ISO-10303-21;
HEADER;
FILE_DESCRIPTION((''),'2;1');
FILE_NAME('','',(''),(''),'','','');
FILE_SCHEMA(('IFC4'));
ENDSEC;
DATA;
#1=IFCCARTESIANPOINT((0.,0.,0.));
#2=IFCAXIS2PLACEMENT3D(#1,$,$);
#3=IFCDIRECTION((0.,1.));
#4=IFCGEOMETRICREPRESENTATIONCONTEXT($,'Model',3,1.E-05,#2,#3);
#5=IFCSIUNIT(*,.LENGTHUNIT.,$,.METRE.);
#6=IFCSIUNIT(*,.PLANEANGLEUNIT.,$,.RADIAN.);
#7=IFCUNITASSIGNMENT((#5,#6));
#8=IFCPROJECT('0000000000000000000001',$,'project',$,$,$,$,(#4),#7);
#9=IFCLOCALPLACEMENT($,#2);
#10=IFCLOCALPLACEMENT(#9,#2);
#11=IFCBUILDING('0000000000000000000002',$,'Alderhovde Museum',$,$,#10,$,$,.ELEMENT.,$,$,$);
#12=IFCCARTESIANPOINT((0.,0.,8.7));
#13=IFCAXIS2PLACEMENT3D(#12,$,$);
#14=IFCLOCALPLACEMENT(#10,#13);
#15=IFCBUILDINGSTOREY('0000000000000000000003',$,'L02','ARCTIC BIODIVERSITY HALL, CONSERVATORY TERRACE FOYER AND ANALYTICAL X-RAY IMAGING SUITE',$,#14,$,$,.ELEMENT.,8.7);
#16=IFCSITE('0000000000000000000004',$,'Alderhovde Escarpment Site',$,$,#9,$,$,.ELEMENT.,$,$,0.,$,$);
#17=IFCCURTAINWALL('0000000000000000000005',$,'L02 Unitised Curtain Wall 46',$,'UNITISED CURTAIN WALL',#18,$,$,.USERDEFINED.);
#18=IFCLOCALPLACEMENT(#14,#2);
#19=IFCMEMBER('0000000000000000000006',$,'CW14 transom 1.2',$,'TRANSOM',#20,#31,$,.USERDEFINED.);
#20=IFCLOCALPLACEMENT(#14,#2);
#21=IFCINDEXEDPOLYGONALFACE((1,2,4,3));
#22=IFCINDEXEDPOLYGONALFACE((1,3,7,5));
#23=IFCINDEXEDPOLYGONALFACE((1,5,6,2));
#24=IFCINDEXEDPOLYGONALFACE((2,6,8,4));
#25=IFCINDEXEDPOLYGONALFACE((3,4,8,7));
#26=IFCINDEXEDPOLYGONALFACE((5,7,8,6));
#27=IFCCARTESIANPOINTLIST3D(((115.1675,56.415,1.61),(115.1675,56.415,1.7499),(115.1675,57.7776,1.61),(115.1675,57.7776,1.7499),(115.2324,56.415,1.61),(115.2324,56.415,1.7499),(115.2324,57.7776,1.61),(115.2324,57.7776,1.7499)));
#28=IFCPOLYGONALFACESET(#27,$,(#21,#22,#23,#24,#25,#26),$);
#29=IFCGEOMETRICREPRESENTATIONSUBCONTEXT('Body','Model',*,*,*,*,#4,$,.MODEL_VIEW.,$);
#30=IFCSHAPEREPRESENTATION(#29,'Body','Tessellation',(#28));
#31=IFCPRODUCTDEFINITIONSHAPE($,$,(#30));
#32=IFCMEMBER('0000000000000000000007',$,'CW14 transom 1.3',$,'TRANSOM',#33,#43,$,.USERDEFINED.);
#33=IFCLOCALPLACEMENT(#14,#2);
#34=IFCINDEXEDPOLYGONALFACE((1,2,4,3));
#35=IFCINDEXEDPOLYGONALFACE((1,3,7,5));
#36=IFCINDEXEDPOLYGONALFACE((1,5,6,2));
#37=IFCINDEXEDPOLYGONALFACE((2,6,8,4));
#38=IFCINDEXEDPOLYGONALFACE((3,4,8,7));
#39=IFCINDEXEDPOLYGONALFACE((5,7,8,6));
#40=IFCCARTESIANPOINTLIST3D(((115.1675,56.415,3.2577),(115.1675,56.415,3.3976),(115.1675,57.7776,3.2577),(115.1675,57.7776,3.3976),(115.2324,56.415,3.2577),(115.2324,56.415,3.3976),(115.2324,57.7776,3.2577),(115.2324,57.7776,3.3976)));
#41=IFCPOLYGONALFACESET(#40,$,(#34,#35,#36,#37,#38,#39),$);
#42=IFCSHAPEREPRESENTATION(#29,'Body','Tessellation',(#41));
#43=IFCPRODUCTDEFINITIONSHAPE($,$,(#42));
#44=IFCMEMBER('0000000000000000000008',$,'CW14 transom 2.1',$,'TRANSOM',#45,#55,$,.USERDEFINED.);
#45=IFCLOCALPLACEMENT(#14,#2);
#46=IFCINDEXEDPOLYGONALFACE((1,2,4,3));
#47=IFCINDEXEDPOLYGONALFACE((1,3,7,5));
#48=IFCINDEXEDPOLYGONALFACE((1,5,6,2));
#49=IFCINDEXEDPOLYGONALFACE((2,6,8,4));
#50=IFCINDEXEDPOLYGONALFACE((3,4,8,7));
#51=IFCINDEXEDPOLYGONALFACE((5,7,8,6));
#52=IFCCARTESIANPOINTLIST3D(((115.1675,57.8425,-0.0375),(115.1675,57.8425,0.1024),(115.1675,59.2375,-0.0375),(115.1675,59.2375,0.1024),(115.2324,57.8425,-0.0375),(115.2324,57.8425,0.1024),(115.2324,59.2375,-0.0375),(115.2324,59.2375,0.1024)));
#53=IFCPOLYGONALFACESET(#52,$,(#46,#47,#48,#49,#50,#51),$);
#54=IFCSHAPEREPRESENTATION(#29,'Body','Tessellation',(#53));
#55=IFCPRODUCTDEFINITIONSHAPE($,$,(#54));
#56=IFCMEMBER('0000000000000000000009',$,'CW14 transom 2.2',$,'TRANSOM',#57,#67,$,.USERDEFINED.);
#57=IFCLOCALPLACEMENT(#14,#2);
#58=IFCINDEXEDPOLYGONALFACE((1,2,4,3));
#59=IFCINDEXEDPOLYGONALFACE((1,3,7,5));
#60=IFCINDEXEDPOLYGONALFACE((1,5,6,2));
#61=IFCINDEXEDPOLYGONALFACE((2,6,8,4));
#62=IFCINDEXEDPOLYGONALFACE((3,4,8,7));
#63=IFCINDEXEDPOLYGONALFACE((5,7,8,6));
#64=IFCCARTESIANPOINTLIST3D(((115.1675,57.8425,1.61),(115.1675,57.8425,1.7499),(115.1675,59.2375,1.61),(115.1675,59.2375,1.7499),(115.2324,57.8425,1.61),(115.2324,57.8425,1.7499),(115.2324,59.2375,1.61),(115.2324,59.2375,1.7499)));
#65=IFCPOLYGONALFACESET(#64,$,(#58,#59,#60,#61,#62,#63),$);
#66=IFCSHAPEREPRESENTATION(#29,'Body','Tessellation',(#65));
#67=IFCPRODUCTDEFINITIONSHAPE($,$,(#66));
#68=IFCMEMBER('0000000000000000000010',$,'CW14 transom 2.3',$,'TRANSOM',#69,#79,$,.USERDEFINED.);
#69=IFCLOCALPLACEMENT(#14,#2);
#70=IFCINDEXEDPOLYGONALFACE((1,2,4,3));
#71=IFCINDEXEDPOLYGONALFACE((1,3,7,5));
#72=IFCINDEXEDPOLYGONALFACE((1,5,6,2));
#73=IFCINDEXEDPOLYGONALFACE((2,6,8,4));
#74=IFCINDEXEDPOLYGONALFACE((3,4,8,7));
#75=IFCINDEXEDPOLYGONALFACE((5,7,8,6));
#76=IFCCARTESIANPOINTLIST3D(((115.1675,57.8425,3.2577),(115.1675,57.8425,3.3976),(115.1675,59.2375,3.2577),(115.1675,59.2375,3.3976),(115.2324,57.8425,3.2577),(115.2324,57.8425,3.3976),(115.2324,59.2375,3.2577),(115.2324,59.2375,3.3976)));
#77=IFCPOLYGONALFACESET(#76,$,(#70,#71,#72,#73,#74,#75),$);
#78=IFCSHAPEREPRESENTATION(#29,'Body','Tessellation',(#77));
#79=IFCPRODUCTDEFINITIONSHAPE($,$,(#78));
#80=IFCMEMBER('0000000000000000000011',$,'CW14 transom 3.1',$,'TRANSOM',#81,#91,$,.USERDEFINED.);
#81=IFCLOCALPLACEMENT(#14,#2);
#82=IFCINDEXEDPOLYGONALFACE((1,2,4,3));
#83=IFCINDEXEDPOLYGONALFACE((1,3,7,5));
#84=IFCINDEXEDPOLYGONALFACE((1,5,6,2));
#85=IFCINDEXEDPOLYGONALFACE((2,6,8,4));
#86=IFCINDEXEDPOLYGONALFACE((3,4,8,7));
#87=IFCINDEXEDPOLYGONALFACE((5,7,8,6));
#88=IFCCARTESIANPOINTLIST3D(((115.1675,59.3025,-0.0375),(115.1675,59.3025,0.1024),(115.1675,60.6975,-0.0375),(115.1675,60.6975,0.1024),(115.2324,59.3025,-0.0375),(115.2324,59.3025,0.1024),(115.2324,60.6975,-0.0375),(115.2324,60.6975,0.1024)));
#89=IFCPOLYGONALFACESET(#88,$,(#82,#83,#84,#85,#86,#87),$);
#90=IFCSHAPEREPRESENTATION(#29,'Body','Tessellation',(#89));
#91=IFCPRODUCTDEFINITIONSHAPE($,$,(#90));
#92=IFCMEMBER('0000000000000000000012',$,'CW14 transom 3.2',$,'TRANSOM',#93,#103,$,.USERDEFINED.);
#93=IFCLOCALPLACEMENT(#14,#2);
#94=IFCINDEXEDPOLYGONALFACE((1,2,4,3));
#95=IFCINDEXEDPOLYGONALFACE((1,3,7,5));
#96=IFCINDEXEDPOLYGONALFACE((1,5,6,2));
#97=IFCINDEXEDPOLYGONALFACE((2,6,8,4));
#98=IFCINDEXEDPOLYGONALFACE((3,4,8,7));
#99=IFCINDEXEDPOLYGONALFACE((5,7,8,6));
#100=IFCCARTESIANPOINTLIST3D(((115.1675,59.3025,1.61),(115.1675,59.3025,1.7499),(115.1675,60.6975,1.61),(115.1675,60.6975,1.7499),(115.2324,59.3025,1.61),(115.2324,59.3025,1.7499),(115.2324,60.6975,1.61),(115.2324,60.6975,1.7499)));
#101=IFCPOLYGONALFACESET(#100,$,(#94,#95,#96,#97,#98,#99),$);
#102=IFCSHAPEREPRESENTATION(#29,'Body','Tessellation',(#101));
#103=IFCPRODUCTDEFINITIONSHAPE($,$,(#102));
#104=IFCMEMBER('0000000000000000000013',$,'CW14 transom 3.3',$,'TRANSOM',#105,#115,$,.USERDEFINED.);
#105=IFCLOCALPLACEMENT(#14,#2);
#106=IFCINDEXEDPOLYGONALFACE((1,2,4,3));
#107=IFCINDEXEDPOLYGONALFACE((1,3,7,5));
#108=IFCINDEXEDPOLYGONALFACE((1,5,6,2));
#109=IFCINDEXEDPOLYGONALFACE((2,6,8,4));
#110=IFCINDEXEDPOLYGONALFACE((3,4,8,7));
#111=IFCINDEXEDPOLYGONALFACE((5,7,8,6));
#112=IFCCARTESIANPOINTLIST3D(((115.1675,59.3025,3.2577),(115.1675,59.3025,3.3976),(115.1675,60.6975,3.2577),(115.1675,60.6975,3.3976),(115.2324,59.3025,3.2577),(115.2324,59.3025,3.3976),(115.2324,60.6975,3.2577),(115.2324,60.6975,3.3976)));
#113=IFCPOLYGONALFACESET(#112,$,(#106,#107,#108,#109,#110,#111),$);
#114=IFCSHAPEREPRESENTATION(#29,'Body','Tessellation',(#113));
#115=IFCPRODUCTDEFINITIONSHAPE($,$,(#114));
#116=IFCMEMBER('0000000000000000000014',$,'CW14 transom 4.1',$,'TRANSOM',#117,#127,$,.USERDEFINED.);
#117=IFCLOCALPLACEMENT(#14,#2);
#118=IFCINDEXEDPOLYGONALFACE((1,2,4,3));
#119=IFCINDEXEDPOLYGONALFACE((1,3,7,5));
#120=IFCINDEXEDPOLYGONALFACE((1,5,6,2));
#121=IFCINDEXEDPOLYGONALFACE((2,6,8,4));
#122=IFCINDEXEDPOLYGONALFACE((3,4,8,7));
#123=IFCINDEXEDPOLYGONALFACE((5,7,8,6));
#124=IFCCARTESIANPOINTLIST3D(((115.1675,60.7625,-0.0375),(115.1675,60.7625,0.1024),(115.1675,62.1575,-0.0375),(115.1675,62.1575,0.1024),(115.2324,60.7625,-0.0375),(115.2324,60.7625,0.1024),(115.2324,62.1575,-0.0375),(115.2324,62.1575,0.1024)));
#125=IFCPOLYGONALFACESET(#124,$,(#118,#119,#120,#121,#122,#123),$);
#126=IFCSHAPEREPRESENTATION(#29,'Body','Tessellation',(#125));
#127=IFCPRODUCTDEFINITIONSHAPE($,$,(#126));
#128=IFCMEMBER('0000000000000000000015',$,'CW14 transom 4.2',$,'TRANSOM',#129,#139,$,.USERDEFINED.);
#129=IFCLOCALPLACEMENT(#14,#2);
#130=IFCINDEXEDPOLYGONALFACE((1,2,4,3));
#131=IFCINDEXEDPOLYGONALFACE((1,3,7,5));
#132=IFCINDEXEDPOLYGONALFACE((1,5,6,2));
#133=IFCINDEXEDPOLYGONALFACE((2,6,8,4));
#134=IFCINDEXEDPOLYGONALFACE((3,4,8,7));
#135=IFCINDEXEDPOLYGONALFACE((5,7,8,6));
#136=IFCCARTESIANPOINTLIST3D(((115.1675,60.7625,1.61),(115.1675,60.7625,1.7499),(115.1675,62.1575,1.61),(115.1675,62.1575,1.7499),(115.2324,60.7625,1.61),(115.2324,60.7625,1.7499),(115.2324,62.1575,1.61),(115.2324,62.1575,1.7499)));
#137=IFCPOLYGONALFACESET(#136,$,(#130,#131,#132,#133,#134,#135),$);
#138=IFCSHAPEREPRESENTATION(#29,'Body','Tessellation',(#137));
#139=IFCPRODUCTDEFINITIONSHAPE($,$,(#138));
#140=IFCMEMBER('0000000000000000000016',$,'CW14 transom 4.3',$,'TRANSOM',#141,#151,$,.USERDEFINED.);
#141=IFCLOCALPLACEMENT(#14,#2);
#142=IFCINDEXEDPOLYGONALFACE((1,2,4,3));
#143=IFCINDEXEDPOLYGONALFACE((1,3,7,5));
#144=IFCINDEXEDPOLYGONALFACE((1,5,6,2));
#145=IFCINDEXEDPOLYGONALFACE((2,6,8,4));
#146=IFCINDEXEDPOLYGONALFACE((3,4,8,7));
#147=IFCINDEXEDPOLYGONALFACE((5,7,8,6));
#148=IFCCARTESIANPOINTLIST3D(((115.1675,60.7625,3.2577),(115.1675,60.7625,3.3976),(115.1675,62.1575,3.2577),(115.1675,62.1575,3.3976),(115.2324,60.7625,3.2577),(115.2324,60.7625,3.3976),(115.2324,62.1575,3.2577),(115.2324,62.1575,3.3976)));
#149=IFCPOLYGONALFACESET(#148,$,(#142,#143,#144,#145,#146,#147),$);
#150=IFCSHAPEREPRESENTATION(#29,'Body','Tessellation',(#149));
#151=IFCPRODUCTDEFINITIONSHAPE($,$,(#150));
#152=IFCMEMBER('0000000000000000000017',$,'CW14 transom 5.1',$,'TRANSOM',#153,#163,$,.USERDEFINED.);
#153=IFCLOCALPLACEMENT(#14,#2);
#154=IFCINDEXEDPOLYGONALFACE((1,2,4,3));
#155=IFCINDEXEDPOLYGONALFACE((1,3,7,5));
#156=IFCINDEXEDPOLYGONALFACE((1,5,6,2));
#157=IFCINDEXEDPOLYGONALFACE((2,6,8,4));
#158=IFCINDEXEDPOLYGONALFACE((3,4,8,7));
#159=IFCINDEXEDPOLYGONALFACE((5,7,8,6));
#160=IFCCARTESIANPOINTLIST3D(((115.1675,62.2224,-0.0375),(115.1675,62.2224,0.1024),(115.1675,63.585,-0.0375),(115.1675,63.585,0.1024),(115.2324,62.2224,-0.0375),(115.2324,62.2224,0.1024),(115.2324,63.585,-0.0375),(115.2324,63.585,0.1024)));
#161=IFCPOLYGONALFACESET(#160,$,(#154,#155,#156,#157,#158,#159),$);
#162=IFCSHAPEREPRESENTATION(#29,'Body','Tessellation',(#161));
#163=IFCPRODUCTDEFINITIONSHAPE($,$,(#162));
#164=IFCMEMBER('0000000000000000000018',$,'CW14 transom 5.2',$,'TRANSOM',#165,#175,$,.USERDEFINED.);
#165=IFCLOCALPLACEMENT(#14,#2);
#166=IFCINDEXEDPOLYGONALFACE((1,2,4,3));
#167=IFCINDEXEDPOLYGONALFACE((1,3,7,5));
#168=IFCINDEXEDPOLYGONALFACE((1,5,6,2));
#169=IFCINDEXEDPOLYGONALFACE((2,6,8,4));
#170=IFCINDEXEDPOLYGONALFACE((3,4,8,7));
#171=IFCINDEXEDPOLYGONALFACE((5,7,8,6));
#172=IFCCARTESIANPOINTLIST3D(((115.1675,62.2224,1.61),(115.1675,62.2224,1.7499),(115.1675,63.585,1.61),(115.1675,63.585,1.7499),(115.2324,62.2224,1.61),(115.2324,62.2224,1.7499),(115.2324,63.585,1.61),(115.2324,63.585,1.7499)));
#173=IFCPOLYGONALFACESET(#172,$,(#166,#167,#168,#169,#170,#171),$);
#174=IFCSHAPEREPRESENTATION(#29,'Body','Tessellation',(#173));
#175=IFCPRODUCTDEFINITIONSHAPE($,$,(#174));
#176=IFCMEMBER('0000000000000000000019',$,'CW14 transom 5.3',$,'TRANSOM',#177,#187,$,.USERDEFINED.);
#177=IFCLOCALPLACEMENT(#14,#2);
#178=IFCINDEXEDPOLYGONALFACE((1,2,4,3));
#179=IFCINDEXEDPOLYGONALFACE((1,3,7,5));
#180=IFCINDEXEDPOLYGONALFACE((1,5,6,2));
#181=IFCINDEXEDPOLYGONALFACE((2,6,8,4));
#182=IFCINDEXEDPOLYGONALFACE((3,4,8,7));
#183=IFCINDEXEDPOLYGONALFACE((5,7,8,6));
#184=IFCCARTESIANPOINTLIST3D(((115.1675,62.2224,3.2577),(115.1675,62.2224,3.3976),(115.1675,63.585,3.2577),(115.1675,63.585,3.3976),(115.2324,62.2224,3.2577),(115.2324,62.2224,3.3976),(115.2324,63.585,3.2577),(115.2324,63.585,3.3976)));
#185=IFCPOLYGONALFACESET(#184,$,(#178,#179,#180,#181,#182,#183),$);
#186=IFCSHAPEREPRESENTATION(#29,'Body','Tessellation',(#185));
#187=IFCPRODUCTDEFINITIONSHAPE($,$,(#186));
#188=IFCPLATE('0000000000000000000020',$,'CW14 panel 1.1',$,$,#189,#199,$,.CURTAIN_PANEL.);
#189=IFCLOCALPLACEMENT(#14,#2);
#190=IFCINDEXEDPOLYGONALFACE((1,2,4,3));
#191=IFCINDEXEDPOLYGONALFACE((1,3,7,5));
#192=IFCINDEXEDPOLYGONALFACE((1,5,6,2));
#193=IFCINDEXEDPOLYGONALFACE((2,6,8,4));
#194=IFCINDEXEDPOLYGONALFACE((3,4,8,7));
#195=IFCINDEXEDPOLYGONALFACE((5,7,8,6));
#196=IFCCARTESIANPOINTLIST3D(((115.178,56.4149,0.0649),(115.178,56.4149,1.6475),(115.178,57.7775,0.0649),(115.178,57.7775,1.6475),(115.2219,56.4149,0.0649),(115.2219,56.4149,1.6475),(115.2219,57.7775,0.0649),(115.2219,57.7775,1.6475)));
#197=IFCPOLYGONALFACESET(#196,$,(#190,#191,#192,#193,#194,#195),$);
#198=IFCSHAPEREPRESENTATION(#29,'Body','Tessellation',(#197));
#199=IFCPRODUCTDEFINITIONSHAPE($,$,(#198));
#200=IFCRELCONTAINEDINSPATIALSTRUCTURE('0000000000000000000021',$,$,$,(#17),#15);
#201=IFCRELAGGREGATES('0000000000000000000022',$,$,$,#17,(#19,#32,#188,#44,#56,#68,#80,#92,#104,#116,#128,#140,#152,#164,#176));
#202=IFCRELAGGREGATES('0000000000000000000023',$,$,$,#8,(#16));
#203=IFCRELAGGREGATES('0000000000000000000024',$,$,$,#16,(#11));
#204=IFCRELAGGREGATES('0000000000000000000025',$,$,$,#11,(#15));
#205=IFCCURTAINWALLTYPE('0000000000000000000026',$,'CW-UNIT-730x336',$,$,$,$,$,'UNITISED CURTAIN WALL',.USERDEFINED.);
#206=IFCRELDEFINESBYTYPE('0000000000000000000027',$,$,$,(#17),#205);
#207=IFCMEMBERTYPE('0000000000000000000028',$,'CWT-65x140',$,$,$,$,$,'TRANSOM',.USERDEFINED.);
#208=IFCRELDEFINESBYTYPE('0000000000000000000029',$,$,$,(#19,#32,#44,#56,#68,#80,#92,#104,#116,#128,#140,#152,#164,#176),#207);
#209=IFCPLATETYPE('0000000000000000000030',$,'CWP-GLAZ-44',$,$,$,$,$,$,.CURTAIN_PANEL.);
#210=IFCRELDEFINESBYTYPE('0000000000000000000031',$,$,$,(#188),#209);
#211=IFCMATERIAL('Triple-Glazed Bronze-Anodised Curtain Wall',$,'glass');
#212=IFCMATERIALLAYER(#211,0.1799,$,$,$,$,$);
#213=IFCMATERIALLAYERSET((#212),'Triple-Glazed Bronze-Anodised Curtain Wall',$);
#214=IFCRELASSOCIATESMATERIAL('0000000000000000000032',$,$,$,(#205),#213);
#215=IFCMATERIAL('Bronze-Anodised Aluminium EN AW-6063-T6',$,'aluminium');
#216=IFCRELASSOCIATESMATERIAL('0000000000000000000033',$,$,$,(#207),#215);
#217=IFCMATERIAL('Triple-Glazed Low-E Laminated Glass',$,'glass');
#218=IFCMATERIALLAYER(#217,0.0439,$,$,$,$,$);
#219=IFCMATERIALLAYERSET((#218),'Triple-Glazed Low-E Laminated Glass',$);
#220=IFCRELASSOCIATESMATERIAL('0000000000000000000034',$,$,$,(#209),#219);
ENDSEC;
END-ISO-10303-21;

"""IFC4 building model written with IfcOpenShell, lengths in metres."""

from ifc_helpers import new_model, si_unit, direction, frame, origin, origin_2d, place, context, subcontext, project, spatial, rectangle, extrude, material, layer, layer_set, material_profile, profile_set, type_object, element, aggregate, save


model = new_model("IFC4")

# Units and contexts
model_context = context("Model", 3, precision=1e-05, world=origin(), true_north=direction((0.0, 1.0)))
body_context = subcontext(model_context, "Body", "Model", "MODEL_VIEW")
ifc_project = project(units=[si_unit("LENGTHUNIT", "METRE"), si_unit("PLANEANGLEUNIT", "RADIAN")], contexts=[model_context])

# Site, building, storey
site_placement = place(None, origin())
site = spatial("IfcSite", under=ifc_project, at=site_placement, Name="Alderhovde Escarpment Site", CompositionType="ELEMENT", RefElevation=0.0)
building_placement = place(site_placement, origin())
building = spatial("IfcBuilding", under=site, at=building_placement, Name="Alderhovde Museum", CompositionType="ELEMENT")
storey_placement = place(building_placement, frame((0.0, 0.0, 8.7)))
storey = spatial("IfcBuildingStorey", under=building, at=storey_placement, Name="L02", Description="ARCTIC BIODIVERSITY HALL, CONSERVATORY TERRACE FOYER AND ANALYTICAL X-RAY IMAGING SUITE", CompositionType="ELEMENT", Elevation=8.7)

# Shared definitions
ifc_material_1 = material(Name="Triple-Glazed Bronze-Anodised Curtain Wall", Category="glass")
ifc_layer_1 = layer(ifc_material_1, 0.1799)
ifc_layer_set_1 = layer_set([ifc_layer_1], Name="Triple-Glazed Bronze-Anodised Curtain Wall")
curtain_wall_type = type_object("IfcCurtainWallType", Name="CW-UNIT-730x336", ElementType="UNITISED CURTAIN WALL", PredefinedType="USERDEFINED", material=ifc_layer_set_1)

# Curtain wall, members, plate
curtain_wall_1_placement = place(storey_placement, origin())
curtain_wall_1 = element("IfcCurtainWall", 1, at=curtain_wall_1_placement, inside=storey, type_object=curtain_wall_type, Name="L02 Unitised Curtain Wall 46", ObjectType="UNITISED CURTAIN WALL", PredefinedType="USERDEFINED")
ifc_material_2 = material(Name="Bronze-Anodised Aluminium EN AW-6063-T6", Category="aluminium")
ifc_material_profile_1 = material_profile(ifc_material_2, rectangle(XDim=0.0649, YDim=0.1399, at=origin_2d()), Name="TRANSOM 65x140")
ifc_profile_set_1 = profile_set([ifc_material_profile_1], Name="Bronze-Anodised Aluminium EN AW-6063-T6")
member_type_1 = type_object("IfcMemberType", Name="CWT-65x140", ElementType="TRANSOM", PredefinedType="USERDEFINED", material=ifc_profile_set_1)
member_1_placement = place(storey_placement, frame((115.2, 56.415, 1.6799), z_axis=(0.0, 1.0, 0.0), x_axis=(-1.0, 0.0, 0.0)))
member_1 = element("IfcMember", 2, at=member_1_placement, type_object=member_type_1, Name="CW14 transom 1.2", ObjectType="TRANSOM", PredefinedType="USERDEFINED", context=body_context, shape_type="SweptSolid", body=[
    extrude(rectangle(XDim=0.0649, YDim=0.1399, at=origin_2d()), origin(), (0.0, 0.0, 1.0), 1.3625),
])
member_2_placement = place(storey_placement, frame((115.2, 56.415, 3.3276), z_axis=(0.0, 1.0, 0.0), x_axis=(-1.0, 0.0, 0.0)))
member_2 = element("IfcMember", 3, at=member_2_placement, type_object=member_type_1, Name="CW14 transom 1.3", ObjectType="TRANSOM", PredefinedType="USERDEFINED", context=body_context, shape_type="SweptSolid", body=[
    extrude(rectangle(XDim=0.0649, YDim=0.1399, at=origin_2d()), origin(), (0.0, 0.0, 1.0), 1.3625),
])
member_3_placement = place(storey_placement, frame((115.2, 57.8425, 0.0325), z_axis=(0.0, 1.0, 0.0), x_axis=(-1.0, 0.0, 0.0)))
member_3 = element("IfcMember", 4, at=member_3_placement, type_object=member_type_1, Name="CW14 transom 2.1", ObjectType="TRANSOM", PredefinedType="USERDEFINED", context=body_context, shape_type="SweptSolid", body=[
    extrude(rectangle(XDim=0.0649, YDim=0.1399, at=origin_2d()), origin(), (0.0, 0.0, 1.0), 1.395),
])
member_4_placement = place(storey_placement, frame((115.2, 57.8425, 1.6799), z_axis=(0.0, 1.0, 0.0), x_axis=(-1.0, 0.0, 0.0)))
member_4 = element("IfcMember", 5, at=member_4_placement, type_object=member_type_1, Name="CW14 transom 2.2", ObjectType="TRANSOM", PredefinedType="USERDEFINED", context=body_context, shape_type="SweptSolid", body=[
    extrude(rectangle(XDim=0.0649, YDim=0.1399, at=origin_2d()), origin(), (0.0, 0.0, 1.0), 1.395),
])
member_5_placement = place(storey_placement, frame((115.2, 57.8425, 3.3276), z_axis=(0.0, 1.0, 0.0), x_axis=(-1.0, 0.0, 0.0)))
member_5 = element("IfcMember", 6, at=member_5_placement, type_object=member_type_1, Name="CW14 transom 2.3", ObjectType="TRANSOM", PredefinedType="USERDEFINED", context=body_context, shape_type="SweptSolid", body=[
    extrude(rectangle(XDim=0.0649, YDim=0.1399, at=origin_2d()), origin(), (0.0, 0.0, 1.0), 1.395),
])
member_6_placement = place(storey_placement, frame((115.2, 59.3025, 0.0325), z_axis=(0.0, 1.0, 0.0), x_axis=(-1.0, 0.0, 0.0)))
member_6 = element("IfcMember", 7, at=member_6_placement, type_object=member_type_1, Name="CW14 transom 3.1", ObjectType="TRANSOM", PredefinedType="USERDEFINED", context=body_context, shape_type="SweptSolid", body=[
    extrude(rectangle(XDim=0.0649, YDim=0.1399, at=origin_2d()), origin(), (0.0, 0.0, 1.0), 1.395),
])
member_7_placement = place(storey_placement, frame((115.2, 59.3025, 1.6799), z_axis=(0.0, 1.0, 0.0), x_axis=(-1.0, 0.0, 0.0)))
member_7 = element("IfcMember", 8, at=member_7_placement, type_object=member_type_1, Name="CW14 transom 3.2", ObjectType="TRANSOM", PredefinedType="USERDEFINED", context=body_context, shape_type="SweptSolid", body=[
    extrude(rectangle(XDim=0.0649, YDim=0.1399, at=origin_2d()), origin(), (0.0, 0.0, 1.0), 1.395),
])
member_8_placement = place(storey_placement, frame((115.2, 59.3025, 3.3276), z_axis=(0.0, 1.0, 0.0), x_axis=(-1.0, 0.0, 0.0)))
member_8 = element("IfcMember", 9, at=member_8_placement, type_object=member_type_1, Name="CW14 transom 3.3", ObjectType="TRANSOM", PredefinedType="USERDEFINED", context=body_context, shape_type="SweptSolid", body=[
    extrude(rectangle(XDim=0.0649, YDim=0.1399, at=origin_2d()), origin(), (0.0, 0.0, 1.0), 1.395),
])
member_9_placement = place(storey_placement, frame((115.2, 60.7625, 0.0325), z_axis=(0.0, 1.0, 0.0), x_axis=(-1.0, 0.0, 0.0)))
member_9 = element("IfcMember", 10, at=member_9_placement, type_object=member_type_1, Name="CW14 transom 4.1", ObjectType="TRANSOM", PredefinedType="USERDEFINED", context=body_context, shape_type="SweptSolid", body=[
    extrude(rectangle(XDim=0.0649, YDim=0.1399, at=origin_2d()), origin(), (0.0, 0.0, 1.0), 1.395),
])
member_10_placement = place(storey_placement, frame((115.2, 60.7625, 1.6799), z_axis=(0.0, 1.0, 0.0), x_axis=(-1.0, 0.0, 0.0)))
member_10 = element("IfcMember", 11, at=member_10_placement, type_object=member_type_1, Name="CW14 transom 4.2", ObjectType="TRANSOM", PredefinedType="USERDEFINED", context=body_context, shape_type="SweptSolid", body=[
    extrude(rectangle(XDim=0.0649, YDim=0.1399, at=origin_2d()), origin(), (0.0, 0.0, 1.0), 1.395),
])
member_11_placement = place(storey_placement, frame((115.2, 60.7625, 3.3276), z_axis=(0.0, 1.0, 0.0), x_axis=(-1.0, 0.0, 0.0)))
member_11 = element("IfcMember", 12, at=member_11_placement, type_object=member_type_1, Name="CW14 transom 4.3", ObjectType="TRANSOM", PredefinedType="USERDEFINED", context=body_context, shape_type="SweptSolid", body=[
    extrude(rectangle(XDim=0.0649, YDim=0.1399, at=origin_2d()), origin(), (0.0, 0.0, 1.0), 1.395),
])
member_12_placement = place(storey_placement, frame((115.2, 62.2224, 0.0325), z_axis=(0.0, 1.0, 0.0), x_axis=(-1.0, 0.0, 0.0)))
member_12 = element("IfcMember", 13, at=member_12_placement, type_object=member_type_1, Name="CW14 transom 5.1", ObjectType="TRANSOM", PredefinedType="USERDEFINED", context=body_context, shape_type="SweptSolid", body=[
    extrude(rectangle(XDim=0.0649, YDim=0.1399, at=origin_2d()), origin(), (0.0, 0.0, 1.0), 1.3625),
])
member_13_placement = place(storey_placement, frame((115.2, 62.2224, 1.6799), z_axis=(0.0, 1.0, 0.0), x_axis=(-1.0, 0.0, 0.0)))
member_13 = element("IfcMember", 14, at=member_13_placement, type_object=member_type_1, Name="CW14 transom 5.2", ObjectType="TRANSOM", PredefinedType="USERDEFINED", context=body_context, shape_type="SweptSolid", body=[
    extrude(rectangle(XDim=0.0649, YDim=0.1399, at=origin_2d()), origin(), (0.0, 0.0, 1.0), 1.3625),
])
member_14_placement = place(storey_placement, frame((115.2, 62.2224, 3.3276), z_axis=(0.0, 1.0, 0.0), x_axis=(-1.0, 0.0, 0.0)))
member_14 = element("IfcMember", 15, at=member_14_placement, type_object=member_type_1, Name="CW14 transom 5.3", ObjectType="TRANSOM", PredefinedType="USERDEFINED", context=body_context, shape_type="SweptSolid", body=[
    extrude(rectangle(XDim=0.0649, YDim=0.1399, at=origin_2d()), origin(), (0.0, 0.0, 1.0), 1.3625),
])
ifc_material_3 = material(Name="Triple-Glazed Low-E Laminated Glass", Category="glass")
ifc_layer_2 = layer(ifc_material_3, 0.0439)
ifc_layer_set_2 = layer_set([ifc_layer_2], Name="Triple-Glazed Low-E Laminated Glass")
plate_type = type_object("IfcPlateType", Name="CWP-GLAZ-44", PredefinedType="CURTAIN_PANEL", material=ifc_layer_set_2)
plate_1_placement = place(storey_placement, frame((115.2, 57.0962, 0.0649), z_axis=(0.0, 0.0, 1.0), x_axis=(0.0, 1.0, 0.0)))
plate_1 = element("IfcPlate", 16, at=plate_1_placement, type_object=plate_type, Name="CW14 panel 1.1", PredefinedType="CURTAIN_PANEL", context=body_context, shape_type="SweptSolid", body=[
    extrude(rectangle(XDim=1.3625, YDim=0.0439, at=origin_2d()), origin(), (0.0, 0.0, 1.0), 1.5825),
])
aggregate(curtain_wall_1, [member_1, member_2, plate_1, member_3, member_4, member_5, member_6, member_7, member_8, member_9, member_10, member_11, member_12, member_13, member_14])

save(model, "model.ifc")
